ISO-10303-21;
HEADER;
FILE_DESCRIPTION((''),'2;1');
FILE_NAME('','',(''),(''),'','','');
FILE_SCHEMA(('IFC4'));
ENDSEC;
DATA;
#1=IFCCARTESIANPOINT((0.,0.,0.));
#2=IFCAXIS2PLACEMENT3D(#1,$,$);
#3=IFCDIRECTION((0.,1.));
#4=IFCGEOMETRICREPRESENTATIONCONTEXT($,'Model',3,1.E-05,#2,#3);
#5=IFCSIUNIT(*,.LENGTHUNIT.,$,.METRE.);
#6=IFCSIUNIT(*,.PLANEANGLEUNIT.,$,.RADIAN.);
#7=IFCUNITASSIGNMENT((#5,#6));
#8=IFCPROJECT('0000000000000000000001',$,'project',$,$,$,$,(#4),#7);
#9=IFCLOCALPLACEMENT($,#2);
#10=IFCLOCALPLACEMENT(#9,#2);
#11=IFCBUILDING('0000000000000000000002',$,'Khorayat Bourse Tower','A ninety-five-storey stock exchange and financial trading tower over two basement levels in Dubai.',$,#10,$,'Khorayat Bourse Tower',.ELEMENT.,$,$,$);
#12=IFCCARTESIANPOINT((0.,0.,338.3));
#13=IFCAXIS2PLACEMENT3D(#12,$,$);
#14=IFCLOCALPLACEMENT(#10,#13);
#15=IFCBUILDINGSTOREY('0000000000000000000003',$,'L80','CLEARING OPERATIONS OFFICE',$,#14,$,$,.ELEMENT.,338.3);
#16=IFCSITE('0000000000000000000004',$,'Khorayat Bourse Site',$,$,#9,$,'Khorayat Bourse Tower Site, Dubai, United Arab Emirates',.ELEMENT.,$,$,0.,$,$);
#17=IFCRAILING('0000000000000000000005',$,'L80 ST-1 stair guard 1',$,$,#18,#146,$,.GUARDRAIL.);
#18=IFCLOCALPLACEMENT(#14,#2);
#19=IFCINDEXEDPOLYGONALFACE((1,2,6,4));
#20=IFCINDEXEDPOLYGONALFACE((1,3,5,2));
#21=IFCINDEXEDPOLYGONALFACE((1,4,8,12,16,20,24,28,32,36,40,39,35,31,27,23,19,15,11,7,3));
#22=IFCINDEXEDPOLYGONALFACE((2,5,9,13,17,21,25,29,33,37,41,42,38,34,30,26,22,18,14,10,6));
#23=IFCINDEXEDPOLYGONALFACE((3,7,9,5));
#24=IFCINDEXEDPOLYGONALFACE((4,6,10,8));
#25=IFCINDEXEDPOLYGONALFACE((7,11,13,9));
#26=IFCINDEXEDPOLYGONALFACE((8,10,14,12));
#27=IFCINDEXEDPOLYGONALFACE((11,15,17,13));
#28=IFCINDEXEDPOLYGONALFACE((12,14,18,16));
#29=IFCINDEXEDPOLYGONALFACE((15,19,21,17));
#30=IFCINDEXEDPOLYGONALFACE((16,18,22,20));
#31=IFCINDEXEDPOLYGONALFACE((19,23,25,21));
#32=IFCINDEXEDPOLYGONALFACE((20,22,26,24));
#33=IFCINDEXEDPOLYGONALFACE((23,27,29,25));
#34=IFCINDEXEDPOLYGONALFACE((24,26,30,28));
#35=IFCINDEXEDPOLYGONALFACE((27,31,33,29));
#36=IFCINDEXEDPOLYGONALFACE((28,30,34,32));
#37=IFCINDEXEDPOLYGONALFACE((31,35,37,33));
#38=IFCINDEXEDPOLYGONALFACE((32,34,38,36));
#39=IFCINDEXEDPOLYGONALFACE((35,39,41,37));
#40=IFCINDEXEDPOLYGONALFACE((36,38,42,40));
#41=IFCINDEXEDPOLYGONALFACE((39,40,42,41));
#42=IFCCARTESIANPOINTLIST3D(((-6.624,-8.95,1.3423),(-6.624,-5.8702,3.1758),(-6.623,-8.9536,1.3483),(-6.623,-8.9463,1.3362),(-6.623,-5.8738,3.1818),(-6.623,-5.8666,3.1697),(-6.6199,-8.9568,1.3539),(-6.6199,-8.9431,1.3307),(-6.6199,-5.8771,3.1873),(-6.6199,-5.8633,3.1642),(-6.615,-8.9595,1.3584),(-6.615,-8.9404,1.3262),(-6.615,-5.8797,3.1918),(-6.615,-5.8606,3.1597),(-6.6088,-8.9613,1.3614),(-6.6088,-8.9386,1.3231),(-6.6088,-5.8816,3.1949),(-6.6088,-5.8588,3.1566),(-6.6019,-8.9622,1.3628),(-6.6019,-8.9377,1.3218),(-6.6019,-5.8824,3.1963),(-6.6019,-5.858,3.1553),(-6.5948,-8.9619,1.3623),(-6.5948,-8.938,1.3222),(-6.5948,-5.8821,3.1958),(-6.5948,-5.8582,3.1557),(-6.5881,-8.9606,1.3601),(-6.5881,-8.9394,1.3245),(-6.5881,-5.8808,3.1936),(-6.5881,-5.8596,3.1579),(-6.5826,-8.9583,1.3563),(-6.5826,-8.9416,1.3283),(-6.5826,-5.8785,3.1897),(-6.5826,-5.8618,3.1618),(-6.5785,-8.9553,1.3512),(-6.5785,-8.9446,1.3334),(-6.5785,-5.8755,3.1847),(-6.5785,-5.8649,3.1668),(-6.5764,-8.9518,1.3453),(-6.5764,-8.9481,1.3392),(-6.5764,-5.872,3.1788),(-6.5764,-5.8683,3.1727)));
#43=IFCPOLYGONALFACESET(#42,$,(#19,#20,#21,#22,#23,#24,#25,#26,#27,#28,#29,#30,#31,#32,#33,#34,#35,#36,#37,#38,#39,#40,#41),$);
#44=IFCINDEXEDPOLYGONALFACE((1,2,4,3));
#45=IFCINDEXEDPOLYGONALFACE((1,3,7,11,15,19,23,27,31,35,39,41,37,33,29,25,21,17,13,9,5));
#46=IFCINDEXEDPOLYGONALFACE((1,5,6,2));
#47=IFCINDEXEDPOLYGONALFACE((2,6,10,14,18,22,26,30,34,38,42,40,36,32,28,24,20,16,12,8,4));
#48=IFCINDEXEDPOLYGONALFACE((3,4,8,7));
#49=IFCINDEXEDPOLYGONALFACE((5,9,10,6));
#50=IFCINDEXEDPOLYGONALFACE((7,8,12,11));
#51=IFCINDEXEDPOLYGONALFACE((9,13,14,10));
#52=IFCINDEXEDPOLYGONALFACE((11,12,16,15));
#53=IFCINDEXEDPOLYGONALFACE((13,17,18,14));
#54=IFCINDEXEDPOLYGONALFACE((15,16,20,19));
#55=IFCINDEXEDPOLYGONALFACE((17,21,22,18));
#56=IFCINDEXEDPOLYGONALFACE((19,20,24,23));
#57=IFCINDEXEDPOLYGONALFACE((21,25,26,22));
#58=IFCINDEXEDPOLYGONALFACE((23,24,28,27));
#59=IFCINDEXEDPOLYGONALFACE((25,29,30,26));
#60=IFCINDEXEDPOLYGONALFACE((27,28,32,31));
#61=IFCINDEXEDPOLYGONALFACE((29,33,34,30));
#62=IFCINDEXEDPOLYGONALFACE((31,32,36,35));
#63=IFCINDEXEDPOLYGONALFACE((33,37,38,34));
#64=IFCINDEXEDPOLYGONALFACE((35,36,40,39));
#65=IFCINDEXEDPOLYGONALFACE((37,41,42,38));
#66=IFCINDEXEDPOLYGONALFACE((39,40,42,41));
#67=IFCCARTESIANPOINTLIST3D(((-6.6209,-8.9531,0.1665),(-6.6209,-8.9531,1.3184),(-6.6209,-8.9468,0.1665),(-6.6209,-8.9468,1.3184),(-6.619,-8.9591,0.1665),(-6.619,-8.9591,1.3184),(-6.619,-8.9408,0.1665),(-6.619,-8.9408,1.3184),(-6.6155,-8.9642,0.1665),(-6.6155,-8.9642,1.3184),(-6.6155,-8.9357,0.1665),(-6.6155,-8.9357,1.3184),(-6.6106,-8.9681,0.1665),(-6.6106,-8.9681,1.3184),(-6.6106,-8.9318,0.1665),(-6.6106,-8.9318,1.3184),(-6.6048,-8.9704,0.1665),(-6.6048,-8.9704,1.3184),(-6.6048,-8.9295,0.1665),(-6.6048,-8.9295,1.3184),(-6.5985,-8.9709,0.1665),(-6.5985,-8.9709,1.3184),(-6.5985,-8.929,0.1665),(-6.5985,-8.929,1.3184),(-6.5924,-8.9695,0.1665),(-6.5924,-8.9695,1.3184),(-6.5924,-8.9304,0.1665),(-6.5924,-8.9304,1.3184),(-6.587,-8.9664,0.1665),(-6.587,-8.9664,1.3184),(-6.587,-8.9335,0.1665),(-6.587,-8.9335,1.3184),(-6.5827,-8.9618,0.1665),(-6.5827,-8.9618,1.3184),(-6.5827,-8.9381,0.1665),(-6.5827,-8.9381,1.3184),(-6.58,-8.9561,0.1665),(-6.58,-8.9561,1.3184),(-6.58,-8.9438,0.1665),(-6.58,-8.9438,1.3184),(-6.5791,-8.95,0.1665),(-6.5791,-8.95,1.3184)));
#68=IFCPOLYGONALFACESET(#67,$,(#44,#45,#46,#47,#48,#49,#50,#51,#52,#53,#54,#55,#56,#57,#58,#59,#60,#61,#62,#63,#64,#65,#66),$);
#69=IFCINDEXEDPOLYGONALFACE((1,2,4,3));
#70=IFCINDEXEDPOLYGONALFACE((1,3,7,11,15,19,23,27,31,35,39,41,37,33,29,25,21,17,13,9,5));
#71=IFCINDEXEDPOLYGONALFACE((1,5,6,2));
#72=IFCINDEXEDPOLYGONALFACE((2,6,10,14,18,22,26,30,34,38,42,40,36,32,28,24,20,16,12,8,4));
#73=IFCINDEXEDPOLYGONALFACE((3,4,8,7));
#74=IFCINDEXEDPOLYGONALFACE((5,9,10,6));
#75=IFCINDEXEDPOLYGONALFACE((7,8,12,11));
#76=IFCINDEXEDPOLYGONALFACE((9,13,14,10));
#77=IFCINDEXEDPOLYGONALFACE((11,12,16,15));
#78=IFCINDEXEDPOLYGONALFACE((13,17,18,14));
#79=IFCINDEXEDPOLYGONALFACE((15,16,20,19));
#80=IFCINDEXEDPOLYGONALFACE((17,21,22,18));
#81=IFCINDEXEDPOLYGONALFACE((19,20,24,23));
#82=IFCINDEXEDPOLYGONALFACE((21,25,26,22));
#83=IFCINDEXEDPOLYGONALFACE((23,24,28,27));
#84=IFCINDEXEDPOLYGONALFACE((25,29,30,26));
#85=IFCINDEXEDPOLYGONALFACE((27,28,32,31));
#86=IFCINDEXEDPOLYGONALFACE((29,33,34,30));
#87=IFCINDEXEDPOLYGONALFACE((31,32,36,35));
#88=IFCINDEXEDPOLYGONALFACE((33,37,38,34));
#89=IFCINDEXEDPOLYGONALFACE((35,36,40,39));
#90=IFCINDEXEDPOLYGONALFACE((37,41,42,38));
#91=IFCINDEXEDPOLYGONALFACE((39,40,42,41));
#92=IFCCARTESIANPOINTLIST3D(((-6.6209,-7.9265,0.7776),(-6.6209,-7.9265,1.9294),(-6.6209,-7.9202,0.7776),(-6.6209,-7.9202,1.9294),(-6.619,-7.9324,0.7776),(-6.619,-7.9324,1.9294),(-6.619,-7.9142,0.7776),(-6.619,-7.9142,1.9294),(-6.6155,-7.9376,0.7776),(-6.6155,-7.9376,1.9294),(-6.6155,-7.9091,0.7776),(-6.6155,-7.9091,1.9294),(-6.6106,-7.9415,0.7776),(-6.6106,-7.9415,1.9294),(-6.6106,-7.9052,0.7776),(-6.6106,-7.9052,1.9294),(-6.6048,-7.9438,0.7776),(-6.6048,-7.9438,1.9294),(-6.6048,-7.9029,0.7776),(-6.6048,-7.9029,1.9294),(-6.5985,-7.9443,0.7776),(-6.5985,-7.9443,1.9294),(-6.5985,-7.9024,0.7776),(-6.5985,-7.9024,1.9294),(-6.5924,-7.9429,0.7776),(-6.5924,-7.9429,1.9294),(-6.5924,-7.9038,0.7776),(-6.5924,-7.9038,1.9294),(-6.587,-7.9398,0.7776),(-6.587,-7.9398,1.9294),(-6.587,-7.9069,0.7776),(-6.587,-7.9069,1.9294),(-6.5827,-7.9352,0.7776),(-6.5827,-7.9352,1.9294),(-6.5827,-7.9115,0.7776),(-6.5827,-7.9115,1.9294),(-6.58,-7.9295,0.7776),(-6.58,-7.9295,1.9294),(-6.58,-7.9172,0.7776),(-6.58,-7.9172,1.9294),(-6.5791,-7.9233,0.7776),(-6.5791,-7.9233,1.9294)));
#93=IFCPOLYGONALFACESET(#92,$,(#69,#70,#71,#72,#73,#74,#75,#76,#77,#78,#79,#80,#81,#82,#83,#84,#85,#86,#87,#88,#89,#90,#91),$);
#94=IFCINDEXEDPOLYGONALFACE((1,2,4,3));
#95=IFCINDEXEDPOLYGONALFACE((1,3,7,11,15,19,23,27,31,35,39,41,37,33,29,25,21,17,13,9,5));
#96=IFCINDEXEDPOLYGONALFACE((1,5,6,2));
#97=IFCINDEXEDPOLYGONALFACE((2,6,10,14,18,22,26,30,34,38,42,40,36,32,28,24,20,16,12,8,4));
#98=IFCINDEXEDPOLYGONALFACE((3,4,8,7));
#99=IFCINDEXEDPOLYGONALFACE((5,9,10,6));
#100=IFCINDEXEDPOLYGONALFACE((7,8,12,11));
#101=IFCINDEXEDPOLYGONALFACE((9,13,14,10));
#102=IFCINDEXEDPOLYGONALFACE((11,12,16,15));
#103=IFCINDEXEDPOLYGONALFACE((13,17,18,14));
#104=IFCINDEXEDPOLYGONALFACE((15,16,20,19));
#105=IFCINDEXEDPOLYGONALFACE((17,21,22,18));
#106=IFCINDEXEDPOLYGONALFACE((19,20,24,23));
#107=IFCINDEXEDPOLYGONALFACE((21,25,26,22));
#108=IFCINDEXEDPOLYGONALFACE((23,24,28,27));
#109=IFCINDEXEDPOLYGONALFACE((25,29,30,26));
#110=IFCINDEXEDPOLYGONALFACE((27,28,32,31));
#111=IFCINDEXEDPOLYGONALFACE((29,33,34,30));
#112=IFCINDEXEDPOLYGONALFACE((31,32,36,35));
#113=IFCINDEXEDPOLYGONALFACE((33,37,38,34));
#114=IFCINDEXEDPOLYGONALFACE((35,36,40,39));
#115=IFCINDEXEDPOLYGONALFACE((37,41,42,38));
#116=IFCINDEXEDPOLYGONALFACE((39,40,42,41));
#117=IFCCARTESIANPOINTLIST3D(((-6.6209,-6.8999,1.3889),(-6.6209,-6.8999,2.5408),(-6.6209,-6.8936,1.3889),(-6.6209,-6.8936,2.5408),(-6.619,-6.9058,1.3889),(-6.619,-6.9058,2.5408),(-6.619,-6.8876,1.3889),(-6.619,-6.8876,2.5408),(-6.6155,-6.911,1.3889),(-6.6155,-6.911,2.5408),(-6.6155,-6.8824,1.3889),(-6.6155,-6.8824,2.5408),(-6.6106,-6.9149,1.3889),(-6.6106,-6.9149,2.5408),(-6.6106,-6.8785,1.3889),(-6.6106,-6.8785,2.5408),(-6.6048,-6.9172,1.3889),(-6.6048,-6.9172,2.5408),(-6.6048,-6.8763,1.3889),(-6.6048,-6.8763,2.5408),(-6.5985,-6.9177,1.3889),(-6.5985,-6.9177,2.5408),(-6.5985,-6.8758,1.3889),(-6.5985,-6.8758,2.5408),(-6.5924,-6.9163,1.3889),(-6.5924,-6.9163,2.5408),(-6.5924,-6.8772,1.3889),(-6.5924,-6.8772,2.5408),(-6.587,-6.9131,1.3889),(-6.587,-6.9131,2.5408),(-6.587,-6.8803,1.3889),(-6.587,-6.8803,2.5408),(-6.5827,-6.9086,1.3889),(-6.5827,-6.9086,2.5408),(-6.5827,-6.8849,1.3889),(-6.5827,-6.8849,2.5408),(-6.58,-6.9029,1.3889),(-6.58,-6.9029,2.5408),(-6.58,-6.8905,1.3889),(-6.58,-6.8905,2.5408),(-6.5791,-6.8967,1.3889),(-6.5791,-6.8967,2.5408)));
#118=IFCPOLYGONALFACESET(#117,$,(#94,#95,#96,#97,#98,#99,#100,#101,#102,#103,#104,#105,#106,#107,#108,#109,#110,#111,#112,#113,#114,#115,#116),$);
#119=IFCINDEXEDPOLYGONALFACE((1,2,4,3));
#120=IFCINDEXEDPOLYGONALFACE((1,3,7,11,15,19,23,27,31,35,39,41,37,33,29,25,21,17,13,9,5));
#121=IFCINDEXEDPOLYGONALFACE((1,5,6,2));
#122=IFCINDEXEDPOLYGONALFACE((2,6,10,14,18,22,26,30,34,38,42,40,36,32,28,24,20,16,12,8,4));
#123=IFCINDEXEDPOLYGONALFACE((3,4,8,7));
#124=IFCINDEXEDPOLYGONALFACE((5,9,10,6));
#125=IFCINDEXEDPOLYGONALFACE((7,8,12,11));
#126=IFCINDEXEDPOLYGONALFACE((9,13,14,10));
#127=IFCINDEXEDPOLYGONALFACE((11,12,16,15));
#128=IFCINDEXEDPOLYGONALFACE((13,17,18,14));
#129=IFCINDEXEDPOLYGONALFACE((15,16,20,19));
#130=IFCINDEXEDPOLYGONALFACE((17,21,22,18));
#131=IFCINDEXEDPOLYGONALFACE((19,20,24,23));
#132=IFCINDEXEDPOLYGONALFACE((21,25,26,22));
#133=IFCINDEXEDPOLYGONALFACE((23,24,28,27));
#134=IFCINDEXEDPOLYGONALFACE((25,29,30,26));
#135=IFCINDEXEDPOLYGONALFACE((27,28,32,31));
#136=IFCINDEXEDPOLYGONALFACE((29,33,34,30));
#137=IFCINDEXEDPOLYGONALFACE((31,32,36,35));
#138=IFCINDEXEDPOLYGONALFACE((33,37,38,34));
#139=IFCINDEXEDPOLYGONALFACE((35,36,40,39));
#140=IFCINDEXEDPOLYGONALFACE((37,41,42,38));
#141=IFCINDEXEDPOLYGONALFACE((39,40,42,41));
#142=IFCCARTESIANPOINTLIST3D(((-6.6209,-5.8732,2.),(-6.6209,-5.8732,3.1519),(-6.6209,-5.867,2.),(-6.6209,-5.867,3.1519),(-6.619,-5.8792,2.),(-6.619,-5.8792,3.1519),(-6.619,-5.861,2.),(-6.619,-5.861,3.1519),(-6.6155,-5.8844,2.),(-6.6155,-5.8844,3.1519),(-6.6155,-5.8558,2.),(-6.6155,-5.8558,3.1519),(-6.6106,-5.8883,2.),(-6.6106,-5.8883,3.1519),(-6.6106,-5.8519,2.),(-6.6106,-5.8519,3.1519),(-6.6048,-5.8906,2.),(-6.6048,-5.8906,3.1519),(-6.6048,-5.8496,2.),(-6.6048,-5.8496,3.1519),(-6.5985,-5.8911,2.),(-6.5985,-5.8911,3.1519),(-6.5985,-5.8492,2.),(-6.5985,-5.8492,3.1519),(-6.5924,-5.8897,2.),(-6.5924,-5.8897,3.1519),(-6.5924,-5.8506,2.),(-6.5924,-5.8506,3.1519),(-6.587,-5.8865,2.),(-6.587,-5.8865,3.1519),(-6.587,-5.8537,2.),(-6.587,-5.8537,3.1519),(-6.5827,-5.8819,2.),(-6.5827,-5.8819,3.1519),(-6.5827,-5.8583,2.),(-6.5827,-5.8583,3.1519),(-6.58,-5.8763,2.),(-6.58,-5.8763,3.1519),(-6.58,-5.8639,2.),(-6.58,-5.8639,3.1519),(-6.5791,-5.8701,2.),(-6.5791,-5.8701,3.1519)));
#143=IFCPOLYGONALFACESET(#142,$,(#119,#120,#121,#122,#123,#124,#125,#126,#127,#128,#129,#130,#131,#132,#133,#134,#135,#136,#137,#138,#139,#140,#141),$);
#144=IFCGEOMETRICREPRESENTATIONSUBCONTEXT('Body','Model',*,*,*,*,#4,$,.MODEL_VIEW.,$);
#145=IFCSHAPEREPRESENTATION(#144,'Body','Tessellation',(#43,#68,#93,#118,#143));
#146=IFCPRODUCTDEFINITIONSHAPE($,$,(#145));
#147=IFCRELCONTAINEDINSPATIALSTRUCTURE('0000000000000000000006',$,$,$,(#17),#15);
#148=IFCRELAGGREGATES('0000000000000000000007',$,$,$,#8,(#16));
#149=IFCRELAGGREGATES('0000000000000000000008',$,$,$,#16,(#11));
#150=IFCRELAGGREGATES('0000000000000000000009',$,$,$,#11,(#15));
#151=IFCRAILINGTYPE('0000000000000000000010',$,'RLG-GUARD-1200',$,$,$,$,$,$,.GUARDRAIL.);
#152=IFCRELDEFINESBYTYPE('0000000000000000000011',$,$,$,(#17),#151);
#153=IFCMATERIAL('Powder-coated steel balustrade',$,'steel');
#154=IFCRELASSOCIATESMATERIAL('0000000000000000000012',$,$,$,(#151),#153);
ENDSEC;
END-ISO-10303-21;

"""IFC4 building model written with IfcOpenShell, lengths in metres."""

from ifc_helpers import new_model, si_unit, direction, frame, origin, origin_2d, place, context, subcontext, project, spatial, circle, extrude, source, transform, mapped, material, type_object, element, save


model = new_model("IFC4")

# Units and contexts
model_context = context("Model", 3, precision=1e-05, world=origin(), true_north=direction((0.0, 1.0)))
body_context = subcontext(model_context, "Body", "Model", "MODEL_VIEW")
ifc_project = project(units=[si_unit("LENGTHUNIT", "METRE"), si_unit("PLANEANGLEUNIT", "RADIAN")], contexts=[model_context])

# Site, building, storey
site_placement = place(None, origin())
site = spatial("IfcSite", under=ifc_project, at=site_placement, Name="Khorayat Bourse Site", LongName="Khorayat Bourse Tower Site, Dubai, United Arab Emirates", CompositionType="ELEMENT", RefElevation=0.0)
building_placement = place(site_placement, origin())
building = spatial("IfcBuilding", under=site, at=building_placement, Name="Khorayat Bourse Tower", Description="A ninety-five-storey stock exchange and financial trading tower over two basement levels in Dubai.", LongName="Khorayat Bourse Tower", CompositionType="ELEMENT")
storey_placement = place(building_placement, frame((0.0, 0.0, 338.3)))
storey = spatial("IfcBuildingStorey", under=building, at=storey_placement, Name="L80", Description="CLEARING OPERATIONS OFFICE", CompositionType="ELEMENT", Elevation=338.3)

# Railing
ifc_material_1 = material(Name="Powder-coated steel balustrade", Category="steel")
railing_type_1 = type_object("IfcRailingType", Name="RLG-GUARD-1200", PredefinedType="GUARDRAIL", material=ifc_material_1)
shared_shape_1 = source(origin(), body_context, "Body", "SweptSolid", [
    extrude(circle(Radius=0.0239, at=origin_2d()), frame((0.0, 0.0, 1.1758), z_axis=(0.0, 0.859261, 0.511538), x_axis=(-1.0, 0.0, 0.0)), (0.0, 0.0, 1.0), 3.5842),
    extrude(circle(Radius=0.021, at=origin_2d()), origin(), (0.0, 0.0, 1.0), 1.1519),
    extrude(circle(Radius=0.021, at=origin_2d()), frame((0.0, 1.0266, 0.6111)), (0.0, 0.0, 1.0), 1.1519),
    extrude(circle(Radius=0.021, at=origin_2d()), frame((0.0, 2.0532, 1.2224)), (0.0, 0.0, 1.0), 1.1519),
    extrude(circle(Radius=0.021, at=origin_2d()), frame((0.0, 3.0798, 1.8335)), (0.0, 0.0, 1.0), 1.1519),
])
railing_1_placement = place(storey_placement, frame((-6.6001, -8.95, 0.1665)))
element("IfcRailing", 1, at=railing_1_placement, inside=storey, type_object=railing_type_1, Name="L80 ST-1 stair guard 1", PredefinedType="GUARDRAIL", context=body_context, shape_type="MappedRepresentation", body=[
    mapped(shared_shape_1, transform((0.0, 0.0, 0.0), scale=1.0)),
])

save(model, "model.ifc")
